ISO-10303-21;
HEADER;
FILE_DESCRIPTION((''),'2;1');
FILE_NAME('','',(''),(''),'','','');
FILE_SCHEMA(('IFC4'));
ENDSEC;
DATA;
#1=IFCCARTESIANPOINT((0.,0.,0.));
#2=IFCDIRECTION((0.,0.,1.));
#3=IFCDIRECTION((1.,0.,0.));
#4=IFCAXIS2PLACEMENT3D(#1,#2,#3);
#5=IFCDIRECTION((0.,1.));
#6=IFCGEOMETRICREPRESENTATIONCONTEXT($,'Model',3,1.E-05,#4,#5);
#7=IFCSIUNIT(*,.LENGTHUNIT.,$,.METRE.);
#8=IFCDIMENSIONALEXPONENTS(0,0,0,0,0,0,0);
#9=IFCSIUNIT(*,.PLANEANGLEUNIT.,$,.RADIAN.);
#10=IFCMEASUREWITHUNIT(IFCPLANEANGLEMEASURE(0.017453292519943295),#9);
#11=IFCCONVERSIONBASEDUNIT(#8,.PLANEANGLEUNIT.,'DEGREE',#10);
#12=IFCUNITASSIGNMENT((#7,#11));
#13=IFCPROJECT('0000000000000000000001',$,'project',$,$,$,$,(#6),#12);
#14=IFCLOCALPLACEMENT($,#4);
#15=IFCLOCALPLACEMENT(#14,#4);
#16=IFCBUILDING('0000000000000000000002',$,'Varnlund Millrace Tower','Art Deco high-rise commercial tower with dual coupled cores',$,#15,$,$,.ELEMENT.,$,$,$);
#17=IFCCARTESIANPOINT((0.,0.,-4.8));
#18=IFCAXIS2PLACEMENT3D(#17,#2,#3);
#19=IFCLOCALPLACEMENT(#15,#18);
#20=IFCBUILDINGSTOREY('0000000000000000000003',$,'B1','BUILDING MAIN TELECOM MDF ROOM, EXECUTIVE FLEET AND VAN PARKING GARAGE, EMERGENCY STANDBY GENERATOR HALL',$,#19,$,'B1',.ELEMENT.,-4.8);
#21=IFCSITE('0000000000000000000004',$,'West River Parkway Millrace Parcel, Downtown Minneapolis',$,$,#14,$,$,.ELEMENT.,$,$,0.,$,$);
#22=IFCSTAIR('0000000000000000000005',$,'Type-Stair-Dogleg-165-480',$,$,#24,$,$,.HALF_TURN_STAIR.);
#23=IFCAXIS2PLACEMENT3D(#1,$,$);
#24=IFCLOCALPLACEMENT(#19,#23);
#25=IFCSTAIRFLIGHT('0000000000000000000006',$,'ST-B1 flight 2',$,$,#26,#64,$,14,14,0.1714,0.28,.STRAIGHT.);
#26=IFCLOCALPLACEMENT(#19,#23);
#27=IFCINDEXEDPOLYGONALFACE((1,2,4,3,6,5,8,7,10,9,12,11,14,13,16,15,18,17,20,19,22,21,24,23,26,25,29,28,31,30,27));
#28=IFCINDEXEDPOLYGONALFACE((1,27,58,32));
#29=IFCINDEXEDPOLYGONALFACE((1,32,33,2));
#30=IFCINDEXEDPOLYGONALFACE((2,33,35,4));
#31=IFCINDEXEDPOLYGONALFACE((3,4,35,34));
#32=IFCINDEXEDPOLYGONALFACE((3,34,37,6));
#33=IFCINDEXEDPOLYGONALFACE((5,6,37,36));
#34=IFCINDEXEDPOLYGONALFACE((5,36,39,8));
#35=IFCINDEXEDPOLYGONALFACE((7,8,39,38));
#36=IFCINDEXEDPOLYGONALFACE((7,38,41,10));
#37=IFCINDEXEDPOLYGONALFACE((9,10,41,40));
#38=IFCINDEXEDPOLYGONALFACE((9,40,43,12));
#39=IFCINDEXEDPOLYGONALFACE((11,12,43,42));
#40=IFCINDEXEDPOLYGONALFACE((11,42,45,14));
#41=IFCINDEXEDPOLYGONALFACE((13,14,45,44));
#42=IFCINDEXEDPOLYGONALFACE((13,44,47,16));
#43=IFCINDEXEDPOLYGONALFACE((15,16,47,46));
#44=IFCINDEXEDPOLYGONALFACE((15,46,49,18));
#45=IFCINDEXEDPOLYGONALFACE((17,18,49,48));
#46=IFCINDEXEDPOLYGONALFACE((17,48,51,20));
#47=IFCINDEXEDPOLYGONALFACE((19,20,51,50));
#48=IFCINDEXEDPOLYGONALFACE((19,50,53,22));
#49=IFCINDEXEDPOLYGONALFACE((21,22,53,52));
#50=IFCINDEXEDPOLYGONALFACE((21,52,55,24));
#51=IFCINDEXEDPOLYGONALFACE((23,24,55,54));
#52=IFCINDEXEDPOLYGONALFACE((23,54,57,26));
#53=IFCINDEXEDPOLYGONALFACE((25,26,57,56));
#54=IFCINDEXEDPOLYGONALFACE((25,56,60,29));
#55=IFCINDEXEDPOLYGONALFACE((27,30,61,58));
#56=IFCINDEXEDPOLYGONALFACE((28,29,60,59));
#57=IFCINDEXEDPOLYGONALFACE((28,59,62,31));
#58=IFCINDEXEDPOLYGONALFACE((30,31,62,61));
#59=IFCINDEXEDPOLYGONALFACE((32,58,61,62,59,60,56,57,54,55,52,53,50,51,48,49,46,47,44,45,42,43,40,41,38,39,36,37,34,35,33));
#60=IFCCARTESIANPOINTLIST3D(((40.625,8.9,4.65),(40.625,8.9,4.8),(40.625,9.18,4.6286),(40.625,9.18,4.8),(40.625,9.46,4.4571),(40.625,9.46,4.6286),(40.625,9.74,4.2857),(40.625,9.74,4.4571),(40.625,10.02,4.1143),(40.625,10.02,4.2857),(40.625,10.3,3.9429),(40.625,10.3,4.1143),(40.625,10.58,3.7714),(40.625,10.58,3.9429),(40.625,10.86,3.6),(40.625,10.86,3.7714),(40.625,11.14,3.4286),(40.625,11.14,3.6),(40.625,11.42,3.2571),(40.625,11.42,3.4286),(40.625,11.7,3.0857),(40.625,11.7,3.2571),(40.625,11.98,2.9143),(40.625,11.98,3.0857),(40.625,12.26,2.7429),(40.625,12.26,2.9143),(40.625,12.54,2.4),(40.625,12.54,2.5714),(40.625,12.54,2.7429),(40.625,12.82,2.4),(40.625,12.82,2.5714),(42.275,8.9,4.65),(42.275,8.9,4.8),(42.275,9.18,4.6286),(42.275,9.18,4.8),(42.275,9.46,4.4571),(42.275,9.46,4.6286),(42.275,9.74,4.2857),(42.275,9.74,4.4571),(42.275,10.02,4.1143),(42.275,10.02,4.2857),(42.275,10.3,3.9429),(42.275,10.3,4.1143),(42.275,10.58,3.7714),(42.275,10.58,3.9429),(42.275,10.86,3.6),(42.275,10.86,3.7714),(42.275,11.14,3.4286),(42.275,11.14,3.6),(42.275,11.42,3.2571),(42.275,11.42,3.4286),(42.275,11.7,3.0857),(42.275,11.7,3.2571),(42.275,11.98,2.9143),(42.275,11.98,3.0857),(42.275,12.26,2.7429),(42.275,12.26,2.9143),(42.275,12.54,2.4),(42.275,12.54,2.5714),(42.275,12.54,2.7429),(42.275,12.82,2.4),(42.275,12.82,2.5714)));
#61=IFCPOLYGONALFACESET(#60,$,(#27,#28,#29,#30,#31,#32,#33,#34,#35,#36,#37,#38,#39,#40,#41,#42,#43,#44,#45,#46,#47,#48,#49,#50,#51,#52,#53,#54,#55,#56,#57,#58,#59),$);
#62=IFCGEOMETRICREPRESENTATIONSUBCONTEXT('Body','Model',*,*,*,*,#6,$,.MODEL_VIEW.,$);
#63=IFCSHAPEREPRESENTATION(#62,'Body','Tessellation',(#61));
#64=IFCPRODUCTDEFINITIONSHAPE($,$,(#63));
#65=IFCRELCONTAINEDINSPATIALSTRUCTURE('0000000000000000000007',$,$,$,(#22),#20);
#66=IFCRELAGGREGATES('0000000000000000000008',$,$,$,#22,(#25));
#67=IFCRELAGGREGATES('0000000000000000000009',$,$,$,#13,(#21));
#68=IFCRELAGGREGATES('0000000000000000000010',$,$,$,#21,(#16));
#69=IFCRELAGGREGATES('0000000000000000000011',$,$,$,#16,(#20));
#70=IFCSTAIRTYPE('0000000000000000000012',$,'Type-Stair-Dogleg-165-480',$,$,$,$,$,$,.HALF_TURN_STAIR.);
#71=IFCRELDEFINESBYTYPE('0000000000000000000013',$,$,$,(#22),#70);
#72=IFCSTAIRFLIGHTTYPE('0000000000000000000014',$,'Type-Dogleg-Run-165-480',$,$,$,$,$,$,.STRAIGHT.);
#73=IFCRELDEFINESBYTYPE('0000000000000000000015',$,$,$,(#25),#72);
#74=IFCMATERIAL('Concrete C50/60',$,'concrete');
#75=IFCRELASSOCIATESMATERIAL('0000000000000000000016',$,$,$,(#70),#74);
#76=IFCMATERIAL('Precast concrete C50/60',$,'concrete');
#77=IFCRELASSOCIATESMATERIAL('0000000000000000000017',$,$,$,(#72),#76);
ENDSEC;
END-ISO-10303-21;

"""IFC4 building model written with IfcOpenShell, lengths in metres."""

from ifc_helpers import new_model, entity, si_unit, converted_unit, direction, frame, origin_with_axes, place, context, subcontext, project, spatial, polyline, outline, extrude, material, type_object, element, aggregate, save


model = new_model("IFC4")

# Units and contexts
model_context = context("Model", 3, precision=1e-05, world=origin_with_axes(), true_north=direction((0.0, 1.0)))
body_context = subcontext(model_context, "Body", "Model", "MODEL_VIEW")
ifc_project = project(units=[si_unit("LENGTHUNIT", "METRE"), converted_unit("PLANEANGLEUNIT", "DEGREE", entity("IfcPlaneAngleMeasure", 0.017453292519943295), si_unit("PLANEANGLEUNIT", "RADIAN"), dimensions=[0, 0, 0, 0, 0, 0, 0])], contexts=[model_context])

# Site, building, storey
site_placement = place(None, origin_with_axes())
site = spatial("IfcSite", under=ifc_project, at=site_placement, Name="West River Parkway Millrace Parcel, Downtown Minneapolis", CompositionType="ELEMENT", RefElevation=0.0)
building_placement = place(site_placement, origin_with_axes())
building = spatial("IfcBuilding", under=site, at=building_placement, Name="Varnlund Millrace Tower", Description="Art Deco high-rise commercial tower with dual coupled cores", CompositionType="ELEMENT")
storey_placement = place(building_placement, frame((0.0, 0.0, -4.8), z_axis=(0.0, 0.0, 1.0), x_axis=(1.0, 0.0, 0.0)))
storey = spatial("IfcBuildingStorey", under=building, at=storey_placement, Name="B1", Description="BUILDING MAIN TELECOM MDF ROOM, EXECUTIVE FLEET AND VAN PARKING GARAGE, EMERGENCY STANDBY GENERATOR HALL", LongName="B1", CompositionType="ELEMENT", Elevation=-4.8)

# Stair, stair flight
ifc_material_1 = material(Name="Concrete C50/60", Category="concrete")
stair_type = type_object("IfcStairType", Name="Type-Stair-Dogleg-165-480", PredefinedType="HALF_TURN_STAIR", material=ifc_material_1)
stair_placement = place(storey_placement, origin_with_axes())
stair = element("IfcStair", 1, at=stair_placement, inside=storey, type_object=stair_type, Name="Type-Stair-Dogleg-165-480", PredefinedType="HALF_TURN_STAIR")
ifc_material_2 = material(Name="Precast concrete C50/60", Category="concrete")
stair_flight_type = type_object("IfcStairFlightType", Name="Type-Dogleg-Run-165-480", PredefinedType="STRAIGHT", material=ifc_material_2)
stair_flight_1_placement = place(storey_placement, frame((42.275, 12.82, 2.4), z_axis=(-1.0, 0.0, 0.0), x_axis=(0.0, -1.0, 0.0)))
stair_flight_1 = element("IfcStairFlight", 2, at=stair_flight_1_placement, type_object=stair_flight_type, Name="ST-B1 flight 2", NumberOfRisers=14, NumberOfTreads=14, PredefinedType="STRAIGHT", RiserHeight=0.1714, TreadLength=0.28, context=body_context, shape_type="SweptSolid", body=[
    extrude(outline(polyline([(0.0, 0.0), (0.0, 0.1714), (0.28, 0.1714), (0.28, 0.3429), (0.56, 0.3429), (0.56, 0.5143), (0.84, 0.5143), (0.84, 0.6857), (1.12, 0.6857), (1.12, 0.8571), (1.4, 0.8571), (1.4, 1.0286), (1.68, 1.0286), (1.68, 1.2), (1.96, 1.2), (1.96, 1.3714), (2.24, 1.3714), (2.24, 1.5429), (2.52, 1.5429), (2.52, 1.7143), (2.8, 1.7143), (2.8, 1.8857), (3.08, 1.8857), (3.08, 2.0571), (3.36, 2.0571), (3.36, 2.2286), (3.64, 2.2286), (3.64, 2.4), (3.92, 2.4), (3.92, 2.25), (0.28, 0.0), (0.0, 0.0)])), origin_with_axes(), (0.0, 0.0, 1.0), 1.65),
])
aggregate(stair, [stair_flight_1])

save(model, "model.ifc")
